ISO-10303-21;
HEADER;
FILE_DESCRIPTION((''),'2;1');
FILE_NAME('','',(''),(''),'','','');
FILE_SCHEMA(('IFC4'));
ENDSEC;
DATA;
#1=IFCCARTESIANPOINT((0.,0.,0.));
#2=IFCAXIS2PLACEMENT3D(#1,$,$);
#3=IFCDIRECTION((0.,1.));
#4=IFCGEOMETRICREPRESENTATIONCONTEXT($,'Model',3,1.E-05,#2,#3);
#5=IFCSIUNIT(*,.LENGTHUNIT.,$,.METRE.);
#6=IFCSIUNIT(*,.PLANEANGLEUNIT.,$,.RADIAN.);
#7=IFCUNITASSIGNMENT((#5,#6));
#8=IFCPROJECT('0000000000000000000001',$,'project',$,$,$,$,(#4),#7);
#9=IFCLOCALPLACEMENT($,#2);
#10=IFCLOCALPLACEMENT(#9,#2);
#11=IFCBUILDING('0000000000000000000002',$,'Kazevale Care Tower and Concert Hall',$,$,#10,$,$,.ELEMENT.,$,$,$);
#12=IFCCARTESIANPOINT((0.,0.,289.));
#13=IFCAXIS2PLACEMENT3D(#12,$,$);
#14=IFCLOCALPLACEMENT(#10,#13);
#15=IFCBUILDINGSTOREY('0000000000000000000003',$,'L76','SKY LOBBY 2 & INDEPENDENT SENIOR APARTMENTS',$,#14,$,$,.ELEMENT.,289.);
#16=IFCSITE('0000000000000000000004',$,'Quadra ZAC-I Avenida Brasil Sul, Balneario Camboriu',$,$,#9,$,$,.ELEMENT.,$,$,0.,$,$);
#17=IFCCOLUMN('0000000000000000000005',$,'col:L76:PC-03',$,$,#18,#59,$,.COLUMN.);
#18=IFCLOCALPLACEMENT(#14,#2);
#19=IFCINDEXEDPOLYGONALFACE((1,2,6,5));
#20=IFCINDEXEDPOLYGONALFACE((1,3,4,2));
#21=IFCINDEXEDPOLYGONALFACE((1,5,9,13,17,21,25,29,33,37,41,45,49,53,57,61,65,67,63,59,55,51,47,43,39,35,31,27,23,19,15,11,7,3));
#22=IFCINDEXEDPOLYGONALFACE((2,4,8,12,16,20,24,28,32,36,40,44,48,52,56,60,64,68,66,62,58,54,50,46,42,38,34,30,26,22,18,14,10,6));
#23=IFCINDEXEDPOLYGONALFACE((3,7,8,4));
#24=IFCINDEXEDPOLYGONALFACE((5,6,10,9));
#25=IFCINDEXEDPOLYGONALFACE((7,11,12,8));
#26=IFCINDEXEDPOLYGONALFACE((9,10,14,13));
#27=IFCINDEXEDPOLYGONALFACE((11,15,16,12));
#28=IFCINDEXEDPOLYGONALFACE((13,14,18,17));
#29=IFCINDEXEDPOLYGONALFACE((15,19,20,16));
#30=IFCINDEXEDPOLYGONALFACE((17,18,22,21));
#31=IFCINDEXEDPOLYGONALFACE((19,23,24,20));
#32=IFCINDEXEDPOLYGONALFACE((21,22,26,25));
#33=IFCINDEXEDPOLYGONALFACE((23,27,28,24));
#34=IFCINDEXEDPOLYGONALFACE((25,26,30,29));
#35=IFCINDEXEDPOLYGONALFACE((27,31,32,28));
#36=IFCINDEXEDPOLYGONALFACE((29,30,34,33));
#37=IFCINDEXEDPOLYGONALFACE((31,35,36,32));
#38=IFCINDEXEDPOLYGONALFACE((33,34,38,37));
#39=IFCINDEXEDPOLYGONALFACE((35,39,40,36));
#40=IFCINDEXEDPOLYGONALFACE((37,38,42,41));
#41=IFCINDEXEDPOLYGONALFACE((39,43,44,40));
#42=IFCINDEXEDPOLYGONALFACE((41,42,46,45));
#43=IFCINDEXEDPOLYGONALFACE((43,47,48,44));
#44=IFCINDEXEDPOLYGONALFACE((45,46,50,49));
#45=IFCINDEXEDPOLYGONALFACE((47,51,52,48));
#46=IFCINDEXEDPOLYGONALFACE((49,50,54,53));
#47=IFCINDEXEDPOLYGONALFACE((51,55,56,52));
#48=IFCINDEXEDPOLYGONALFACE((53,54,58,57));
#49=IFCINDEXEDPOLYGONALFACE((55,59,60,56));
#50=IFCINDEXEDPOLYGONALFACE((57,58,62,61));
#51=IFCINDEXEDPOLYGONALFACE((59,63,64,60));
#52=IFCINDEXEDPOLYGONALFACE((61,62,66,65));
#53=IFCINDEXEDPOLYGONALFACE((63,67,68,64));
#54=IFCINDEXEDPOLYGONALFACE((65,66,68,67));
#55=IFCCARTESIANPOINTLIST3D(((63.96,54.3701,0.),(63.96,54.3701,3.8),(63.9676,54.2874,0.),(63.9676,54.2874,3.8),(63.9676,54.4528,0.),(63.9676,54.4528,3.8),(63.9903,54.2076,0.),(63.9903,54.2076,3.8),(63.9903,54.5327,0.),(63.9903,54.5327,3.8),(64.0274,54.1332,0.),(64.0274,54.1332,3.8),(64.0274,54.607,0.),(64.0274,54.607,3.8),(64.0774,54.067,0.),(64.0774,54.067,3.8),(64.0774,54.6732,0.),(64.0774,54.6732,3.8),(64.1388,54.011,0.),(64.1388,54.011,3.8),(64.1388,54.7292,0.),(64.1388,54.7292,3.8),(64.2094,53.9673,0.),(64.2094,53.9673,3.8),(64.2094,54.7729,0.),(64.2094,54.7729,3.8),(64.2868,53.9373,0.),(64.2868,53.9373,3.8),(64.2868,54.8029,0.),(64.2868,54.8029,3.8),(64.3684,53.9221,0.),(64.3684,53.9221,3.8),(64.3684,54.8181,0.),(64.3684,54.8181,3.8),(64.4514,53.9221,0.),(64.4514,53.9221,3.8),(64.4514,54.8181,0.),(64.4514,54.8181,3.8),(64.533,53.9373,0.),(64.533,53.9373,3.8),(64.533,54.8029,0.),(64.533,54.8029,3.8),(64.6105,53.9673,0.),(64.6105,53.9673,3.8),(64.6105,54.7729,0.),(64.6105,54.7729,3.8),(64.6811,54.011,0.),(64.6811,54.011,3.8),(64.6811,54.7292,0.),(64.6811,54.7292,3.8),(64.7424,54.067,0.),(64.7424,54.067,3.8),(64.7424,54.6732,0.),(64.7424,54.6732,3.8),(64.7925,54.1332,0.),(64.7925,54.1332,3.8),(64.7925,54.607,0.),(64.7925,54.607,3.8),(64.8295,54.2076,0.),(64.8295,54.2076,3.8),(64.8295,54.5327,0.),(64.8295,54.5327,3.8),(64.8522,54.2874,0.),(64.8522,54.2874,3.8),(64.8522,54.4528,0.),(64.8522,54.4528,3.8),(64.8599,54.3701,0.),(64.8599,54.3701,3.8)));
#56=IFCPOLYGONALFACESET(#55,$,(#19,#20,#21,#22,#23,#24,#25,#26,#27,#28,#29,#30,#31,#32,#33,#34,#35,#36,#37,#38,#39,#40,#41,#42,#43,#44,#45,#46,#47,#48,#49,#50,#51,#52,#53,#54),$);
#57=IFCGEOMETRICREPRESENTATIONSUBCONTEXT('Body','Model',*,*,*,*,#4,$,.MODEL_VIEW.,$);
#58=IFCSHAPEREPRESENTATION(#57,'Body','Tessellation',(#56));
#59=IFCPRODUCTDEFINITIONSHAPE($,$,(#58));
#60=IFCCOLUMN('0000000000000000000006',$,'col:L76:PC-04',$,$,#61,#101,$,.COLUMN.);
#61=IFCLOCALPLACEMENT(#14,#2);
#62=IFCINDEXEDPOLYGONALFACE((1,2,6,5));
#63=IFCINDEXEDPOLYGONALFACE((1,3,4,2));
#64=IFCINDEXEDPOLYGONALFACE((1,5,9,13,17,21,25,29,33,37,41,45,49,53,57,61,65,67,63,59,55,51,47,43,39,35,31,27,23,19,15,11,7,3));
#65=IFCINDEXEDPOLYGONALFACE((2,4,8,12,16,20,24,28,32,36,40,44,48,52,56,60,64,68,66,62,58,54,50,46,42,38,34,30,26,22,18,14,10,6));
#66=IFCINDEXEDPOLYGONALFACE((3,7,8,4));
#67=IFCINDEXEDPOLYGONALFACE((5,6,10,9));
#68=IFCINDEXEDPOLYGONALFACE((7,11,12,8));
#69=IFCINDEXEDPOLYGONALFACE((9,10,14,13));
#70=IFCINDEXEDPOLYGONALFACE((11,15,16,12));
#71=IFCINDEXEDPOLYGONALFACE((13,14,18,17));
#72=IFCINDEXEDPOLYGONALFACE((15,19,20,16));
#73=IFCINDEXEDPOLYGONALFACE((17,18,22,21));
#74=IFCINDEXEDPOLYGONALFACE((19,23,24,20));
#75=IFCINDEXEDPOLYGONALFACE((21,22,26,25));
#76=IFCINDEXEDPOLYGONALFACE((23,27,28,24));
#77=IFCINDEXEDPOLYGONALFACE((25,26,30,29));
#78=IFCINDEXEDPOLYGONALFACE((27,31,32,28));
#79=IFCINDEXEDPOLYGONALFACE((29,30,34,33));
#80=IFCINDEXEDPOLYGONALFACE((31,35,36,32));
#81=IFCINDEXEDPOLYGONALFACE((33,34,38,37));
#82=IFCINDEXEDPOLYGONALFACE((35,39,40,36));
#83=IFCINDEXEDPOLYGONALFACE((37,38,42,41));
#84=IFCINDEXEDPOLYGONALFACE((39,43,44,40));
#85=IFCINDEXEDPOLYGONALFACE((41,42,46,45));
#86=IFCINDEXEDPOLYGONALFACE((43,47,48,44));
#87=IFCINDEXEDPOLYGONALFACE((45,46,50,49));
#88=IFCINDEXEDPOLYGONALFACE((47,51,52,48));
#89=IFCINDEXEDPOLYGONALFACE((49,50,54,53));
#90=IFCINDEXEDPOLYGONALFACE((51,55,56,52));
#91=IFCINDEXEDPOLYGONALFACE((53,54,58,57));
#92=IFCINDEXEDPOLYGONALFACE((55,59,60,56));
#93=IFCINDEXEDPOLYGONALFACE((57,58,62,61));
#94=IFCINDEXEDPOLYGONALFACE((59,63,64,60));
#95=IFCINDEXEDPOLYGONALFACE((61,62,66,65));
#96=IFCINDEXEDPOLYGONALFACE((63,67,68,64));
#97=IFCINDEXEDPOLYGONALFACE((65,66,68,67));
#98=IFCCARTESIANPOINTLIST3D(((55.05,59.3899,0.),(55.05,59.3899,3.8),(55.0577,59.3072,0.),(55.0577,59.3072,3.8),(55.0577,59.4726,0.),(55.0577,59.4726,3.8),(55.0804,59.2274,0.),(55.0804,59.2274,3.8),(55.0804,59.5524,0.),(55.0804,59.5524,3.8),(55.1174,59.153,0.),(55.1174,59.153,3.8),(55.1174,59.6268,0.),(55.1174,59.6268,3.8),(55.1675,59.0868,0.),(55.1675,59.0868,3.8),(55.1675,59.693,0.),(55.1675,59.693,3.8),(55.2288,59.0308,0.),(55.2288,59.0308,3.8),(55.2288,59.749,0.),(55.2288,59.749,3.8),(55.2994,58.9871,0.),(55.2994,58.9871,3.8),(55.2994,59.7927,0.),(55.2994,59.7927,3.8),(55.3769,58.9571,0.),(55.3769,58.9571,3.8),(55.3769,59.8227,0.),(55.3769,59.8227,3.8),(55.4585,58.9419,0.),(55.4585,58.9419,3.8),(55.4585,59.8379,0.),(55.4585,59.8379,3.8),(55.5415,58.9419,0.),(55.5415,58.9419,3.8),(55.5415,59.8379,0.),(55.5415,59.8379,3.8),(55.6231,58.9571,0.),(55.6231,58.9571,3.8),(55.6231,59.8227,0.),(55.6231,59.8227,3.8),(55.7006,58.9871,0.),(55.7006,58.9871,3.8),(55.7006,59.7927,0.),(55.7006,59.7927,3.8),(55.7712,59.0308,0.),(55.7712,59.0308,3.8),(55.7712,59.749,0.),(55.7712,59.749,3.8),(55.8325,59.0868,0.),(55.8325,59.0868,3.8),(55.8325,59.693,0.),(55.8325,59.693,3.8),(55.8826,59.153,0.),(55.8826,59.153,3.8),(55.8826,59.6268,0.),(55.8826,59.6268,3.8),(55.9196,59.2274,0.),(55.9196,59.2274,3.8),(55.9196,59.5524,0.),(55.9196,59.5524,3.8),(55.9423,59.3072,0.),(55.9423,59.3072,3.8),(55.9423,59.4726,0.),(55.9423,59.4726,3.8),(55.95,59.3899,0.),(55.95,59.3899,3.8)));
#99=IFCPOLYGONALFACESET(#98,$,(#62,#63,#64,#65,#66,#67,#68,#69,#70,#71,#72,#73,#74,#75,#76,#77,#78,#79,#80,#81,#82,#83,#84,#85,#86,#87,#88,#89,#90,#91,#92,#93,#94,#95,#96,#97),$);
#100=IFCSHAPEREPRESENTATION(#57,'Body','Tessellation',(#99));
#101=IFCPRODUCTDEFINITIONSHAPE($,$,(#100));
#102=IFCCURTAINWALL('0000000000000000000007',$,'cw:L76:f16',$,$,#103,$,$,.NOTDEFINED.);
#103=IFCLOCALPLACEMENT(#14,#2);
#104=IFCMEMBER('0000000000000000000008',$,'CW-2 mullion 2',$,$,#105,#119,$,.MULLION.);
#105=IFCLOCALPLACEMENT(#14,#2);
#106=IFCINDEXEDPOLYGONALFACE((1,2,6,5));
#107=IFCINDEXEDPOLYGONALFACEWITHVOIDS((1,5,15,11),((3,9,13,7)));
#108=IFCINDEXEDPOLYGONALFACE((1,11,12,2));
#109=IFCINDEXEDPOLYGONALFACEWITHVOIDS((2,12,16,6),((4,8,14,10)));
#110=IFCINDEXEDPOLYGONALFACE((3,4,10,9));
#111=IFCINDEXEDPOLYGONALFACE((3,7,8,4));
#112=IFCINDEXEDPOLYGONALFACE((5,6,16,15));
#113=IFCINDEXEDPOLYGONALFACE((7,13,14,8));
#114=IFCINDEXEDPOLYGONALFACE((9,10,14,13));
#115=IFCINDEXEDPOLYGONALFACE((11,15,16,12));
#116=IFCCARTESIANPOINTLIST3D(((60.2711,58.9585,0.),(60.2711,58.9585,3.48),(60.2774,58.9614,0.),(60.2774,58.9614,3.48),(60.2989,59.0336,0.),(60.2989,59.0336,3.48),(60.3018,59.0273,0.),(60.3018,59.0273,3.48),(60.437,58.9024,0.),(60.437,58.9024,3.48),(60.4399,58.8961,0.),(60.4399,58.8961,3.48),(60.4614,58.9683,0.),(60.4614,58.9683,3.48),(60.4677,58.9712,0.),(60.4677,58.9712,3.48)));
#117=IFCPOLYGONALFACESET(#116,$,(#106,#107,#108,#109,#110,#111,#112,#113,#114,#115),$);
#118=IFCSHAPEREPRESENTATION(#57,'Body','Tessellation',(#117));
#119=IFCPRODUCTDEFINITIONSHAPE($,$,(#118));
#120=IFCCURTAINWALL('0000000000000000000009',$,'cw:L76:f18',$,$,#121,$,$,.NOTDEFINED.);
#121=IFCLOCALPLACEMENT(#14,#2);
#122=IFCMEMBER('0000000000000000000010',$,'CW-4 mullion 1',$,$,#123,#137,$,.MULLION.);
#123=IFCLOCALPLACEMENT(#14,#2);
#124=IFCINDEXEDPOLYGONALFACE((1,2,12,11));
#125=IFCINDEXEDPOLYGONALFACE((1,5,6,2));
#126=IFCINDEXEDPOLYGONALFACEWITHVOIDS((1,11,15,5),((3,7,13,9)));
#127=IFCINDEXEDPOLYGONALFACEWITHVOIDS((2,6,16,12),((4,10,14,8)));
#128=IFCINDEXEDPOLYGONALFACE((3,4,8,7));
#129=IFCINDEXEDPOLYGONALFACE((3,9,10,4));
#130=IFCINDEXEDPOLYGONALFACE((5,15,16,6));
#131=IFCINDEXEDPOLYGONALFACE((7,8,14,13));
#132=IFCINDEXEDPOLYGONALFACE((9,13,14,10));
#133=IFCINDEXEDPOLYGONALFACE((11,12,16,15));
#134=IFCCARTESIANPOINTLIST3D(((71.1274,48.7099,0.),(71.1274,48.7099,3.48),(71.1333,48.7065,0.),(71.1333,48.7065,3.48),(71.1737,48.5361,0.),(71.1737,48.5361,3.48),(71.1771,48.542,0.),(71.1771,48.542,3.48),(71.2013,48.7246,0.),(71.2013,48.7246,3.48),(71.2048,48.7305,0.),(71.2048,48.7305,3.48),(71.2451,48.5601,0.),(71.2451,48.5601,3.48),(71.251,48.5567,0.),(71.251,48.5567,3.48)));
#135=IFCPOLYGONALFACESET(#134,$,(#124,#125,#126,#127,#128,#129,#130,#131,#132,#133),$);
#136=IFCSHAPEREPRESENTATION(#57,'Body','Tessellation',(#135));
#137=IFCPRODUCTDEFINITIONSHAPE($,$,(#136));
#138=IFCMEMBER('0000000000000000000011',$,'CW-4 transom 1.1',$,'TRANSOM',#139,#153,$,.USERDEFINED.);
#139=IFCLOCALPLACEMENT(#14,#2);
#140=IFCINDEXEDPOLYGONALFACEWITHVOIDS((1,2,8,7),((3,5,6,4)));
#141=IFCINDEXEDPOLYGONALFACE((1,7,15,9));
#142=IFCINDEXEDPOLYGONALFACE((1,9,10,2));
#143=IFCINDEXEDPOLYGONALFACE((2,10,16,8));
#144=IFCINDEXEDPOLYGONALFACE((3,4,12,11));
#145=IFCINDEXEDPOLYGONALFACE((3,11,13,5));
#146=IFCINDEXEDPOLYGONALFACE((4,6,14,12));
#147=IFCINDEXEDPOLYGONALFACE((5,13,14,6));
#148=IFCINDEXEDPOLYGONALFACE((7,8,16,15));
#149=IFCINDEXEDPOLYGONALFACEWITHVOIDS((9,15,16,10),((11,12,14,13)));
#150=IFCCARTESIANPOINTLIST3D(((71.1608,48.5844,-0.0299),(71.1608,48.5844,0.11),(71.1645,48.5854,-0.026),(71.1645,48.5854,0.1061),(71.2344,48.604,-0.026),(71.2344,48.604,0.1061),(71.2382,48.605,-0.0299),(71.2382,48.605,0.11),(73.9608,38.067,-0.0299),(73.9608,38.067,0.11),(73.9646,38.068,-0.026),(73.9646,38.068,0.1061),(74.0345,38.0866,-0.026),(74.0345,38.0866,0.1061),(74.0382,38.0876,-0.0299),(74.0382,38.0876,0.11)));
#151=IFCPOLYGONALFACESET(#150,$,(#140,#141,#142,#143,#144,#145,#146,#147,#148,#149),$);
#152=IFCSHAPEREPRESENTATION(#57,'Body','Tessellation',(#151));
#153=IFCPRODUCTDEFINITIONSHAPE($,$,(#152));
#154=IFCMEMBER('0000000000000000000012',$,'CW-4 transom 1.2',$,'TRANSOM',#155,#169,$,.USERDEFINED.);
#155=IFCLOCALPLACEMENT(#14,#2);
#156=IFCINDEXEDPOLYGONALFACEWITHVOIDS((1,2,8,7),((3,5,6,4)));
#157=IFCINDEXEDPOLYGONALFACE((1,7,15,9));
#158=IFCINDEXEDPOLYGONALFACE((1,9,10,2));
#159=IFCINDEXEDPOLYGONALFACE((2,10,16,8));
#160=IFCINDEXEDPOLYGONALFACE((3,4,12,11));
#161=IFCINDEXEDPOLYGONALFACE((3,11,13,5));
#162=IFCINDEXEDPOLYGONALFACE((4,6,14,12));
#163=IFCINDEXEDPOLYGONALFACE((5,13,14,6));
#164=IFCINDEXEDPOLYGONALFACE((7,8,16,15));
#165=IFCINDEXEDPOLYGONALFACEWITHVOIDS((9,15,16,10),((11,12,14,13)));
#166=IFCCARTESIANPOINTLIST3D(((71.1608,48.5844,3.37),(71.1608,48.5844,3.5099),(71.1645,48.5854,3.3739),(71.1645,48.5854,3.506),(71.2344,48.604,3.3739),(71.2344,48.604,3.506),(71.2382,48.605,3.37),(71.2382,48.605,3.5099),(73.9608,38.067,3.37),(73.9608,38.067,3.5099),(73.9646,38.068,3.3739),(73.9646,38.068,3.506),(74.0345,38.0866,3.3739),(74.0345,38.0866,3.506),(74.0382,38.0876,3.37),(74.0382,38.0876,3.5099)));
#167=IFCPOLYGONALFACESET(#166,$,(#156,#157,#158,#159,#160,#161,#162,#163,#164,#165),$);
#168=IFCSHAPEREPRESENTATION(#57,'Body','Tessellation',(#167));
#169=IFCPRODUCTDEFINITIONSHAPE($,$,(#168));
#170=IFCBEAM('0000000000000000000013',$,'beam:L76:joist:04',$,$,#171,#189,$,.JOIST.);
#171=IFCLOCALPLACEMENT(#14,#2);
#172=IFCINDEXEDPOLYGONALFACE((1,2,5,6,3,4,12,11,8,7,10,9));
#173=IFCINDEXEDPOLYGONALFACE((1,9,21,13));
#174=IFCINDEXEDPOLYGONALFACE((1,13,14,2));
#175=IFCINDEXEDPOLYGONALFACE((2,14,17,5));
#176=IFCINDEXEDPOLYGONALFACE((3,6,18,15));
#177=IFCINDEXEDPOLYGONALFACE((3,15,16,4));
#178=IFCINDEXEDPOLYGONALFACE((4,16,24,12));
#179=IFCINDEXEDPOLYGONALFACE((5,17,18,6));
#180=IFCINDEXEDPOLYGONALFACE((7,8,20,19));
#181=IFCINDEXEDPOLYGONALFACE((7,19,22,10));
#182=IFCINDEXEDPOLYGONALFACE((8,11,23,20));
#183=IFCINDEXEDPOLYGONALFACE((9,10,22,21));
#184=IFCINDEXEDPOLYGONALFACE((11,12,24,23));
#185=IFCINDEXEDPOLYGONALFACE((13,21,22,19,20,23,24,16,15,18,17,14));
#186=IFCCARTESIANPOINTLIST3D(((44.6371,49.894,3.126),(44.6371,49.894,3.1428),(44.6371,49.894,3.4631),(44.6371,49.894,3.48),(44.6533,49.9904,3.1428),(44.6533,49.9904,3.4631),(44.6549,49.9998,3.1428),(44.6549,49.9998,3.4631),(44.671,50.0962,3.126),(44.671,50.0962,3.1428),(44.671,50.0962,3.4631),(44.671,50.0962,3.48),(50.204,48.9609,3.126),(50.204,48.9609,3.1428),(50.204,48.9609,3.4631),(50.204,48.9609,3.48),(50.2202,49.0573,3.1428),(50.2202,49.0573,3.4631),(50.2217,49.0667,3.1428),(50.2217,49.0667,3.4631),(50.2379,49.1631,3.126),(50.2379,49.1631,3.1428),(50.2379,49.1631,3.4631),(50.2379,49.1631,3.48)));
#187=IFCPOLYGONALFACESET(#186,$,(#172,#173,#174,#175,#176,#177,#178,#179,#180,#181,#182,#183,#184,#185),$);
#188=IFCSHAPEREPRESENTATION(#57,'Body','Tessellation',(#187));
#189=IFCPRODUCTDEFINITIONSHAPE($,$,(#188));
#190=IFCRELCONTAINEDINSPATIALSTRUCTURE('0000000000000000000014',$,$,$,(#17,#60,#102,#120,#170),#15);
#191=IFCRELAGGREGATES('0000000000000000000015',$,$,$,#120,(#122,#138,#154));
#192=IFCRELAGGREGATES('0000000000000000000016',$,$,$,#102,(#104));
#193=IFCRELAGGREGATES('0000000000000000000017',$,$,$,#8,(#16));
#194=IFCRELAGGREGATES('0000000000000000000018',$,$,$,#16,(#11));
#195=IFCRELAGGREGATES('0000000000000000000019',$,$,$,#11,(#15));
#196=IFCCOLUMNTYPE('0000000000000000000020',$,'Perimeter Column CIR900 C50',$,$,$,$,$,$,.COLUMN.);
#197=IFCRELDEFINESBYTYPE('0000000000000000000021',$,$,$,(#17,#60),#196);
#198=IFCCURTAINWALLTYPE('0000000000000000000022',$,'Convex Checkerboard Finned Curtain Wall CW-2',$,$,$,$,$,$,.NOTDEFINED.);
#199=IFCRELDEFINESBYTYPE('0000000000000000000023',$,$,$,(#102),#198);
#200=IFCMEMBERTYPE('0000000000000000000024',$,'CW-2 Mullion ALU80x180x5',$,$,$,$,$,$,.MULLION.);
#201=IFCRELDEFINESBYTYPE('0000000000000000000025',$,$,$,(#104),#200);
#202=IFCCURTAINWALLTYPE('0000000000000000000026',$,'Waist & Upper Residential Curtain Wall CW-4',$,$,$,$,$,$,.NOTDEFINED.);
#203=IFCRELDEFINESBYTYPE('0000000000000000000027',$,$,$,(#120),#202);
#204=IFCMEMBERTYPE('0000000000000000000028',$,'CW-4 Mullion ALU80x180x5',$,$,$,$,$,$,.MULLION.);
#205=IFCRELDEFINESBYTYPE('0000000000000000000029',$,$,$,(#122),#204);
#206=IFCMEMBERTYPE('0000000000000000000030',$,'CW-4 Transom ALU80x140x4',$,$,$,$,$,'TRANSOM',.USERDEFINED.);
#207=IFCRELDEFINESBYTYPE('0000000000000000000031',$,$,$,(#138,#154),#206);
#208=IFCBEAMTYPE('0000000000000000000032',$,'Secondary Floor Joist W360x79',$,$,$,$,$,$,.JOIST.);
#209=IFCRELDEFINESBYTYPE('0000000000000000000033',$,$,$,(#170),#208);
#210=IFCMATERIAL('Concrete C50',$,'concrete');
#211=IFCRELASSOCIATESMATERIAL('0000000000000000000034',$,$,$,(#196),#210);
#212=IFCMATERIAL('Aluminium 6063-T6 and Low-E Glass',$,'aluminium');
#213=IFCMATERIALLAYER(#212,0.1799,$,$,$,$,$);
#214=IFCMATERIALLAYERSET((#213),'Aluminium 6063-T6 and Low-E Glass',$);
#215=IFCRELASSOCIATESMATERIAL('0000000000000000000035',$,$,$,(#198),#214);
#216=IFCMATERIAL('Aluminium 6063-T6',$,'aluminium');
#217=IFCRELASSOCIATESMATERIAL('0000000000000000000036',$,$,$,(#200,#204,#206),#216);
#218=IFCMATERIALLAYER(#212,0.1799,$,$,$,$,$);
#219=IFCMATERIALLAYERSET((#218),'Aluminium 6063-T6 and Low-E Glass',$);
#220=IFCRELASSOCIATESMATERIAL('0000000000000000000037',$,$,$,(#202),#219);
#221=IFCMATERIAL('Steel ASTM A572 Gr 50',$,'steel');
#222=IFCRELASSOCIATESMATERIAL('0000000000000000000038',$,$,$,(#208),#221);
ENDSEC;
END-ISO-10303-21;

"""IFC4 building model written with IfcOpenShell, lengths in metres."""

from ifc_helpers import new_model, si_unit, direction, frame, origin, origin_2d, place, context, subcontext, project, spatial, hollow_rectangle, circle, i_section, extrude, material, layer, layer_set, material_profile, profile_set, type_object, element, aggregate, save


model = new_model("IFC4")

# Units and contexts
model_context = context("Model", 3, precision=1e-05, world=origin(), true_north=direction((0.0, 1.0)))
body_context = subcontext(model_context, "Body", "Model", "MODEL_VIEW")
ifc_project = project(units=[si_unit("LENGTHUNIT", "METRE"), si_unit("PLANEANGLEUNIT", "RADIAN")], contexts=[model_context])

# Site, building, storey
site_placement = place(None, origin())
site = spatial("IfcSite", under=ifc_project, at=site_placement, Name="Quadra ZAC-I Avenida Brasil Sul, Balneario Camboriu", CompositionType="ELEMENT", RefElevation=0.0)
building_placement = place(site_placement, origin())
building = spatial("IfcBuilding", under=site, at=building_placement, Name="Kazevale Care Tower and Concert Hall", CompositionType="ELEMENT")
storey_placement = place(building_placement, frame((0.0, 0.0, 289.0)))
storey = spatial("IfcBuildingStorey", under=building, at=storey_placement, Name="L76", Description="SKY LOBBY 2 & INDEPENDENT SENIOR APARTMENTS", CompositionType="ELEMENT", Elevation=289.0)

# Columns
ifc_material_1 = material(Name="Concrete C50", Category="concrete")
ifc_material_profile_1 = material_profile(ifc_material_1, circle(Radius=0.45, at=origin_2d()), Name="RC-CIR900")
ifc_profile_set_1 = profile_set([ifc_material_profile_1], Name="Concrete C50")
column_type = type_object("IfcColumnType", Name="Perimeter Column CIR900 C50", PredefinedType="COLUMN", material=ifc_profile_set_1)
for number, where, z_axis, x_axis, name in (
    (1, (64.4099, 54.3701, 0.0), (0.0, 0.0, 1.0), (1.0, 0.0, 0.0), "col:L76:PC-03"),
    (2, (55.5, 59.3899, 0.0), (0.0, 0.0, 1.0), (1.0, 0.0, 0.0), "col:L76:PC-04"),
):
    element("IfcColumn", number, at=place(storey_placement, frame(where, z_axis=z_axis, x_axis=x_axis)), inside=storey, type_object=column_type, Name=name, PredefinedType="COLUMN", context=body_context, shape_type="SweptSolid", body=[
        extrude(circle(Radius=0.45, at=origin_2d()), origin(), (0.0, 0.0, 1.0), 3.8),
    ])

# Curtain wall, member
ifc_material_2 = material(Name="Aluminium 6063-T6 and Low-E Glass", Category="aluminium")
ifc_layer_1 = layer(ifc_material_2, 0.1799)
ifc_layer_set_1 = layer_set([ifc_layer_1], Name="Aluminium 6063-T6 and Low-E Glass")
curtain_wall_type_1 = type_object("IfcCurtainWallType", Name="Convex Checkerboard Finned Curtain Wall CW-2", PredefinedType="NOTDEFINED", material=ifc_layer_set_1)
curtain_wall_1_placement = place(storey_placement, origin())
curtain_wall_1 = element("IfcCurtainWall", 3, at=curtain_wall_1_placement, inside=storey, type_object=curtain_wall_type_1, Name="cw:L76:f16", PredefinedType="NOTDEFINED")
ifc_material_3 = material(Name="Aluminium 6063-T6", Category="aluminium")
ifc_material_profile_2 = material_profile(ifc_material_3, hollow_rectangle(XDim=0.0801, YDim=0.1799, WallThickness=0.0049, at=origin_2d()), Name="ALU80x180x5")
ifc_profile_set_2 = profile_set([ifc_material_profile_2], Name="Aluminium 6063-T6")
member_type_1 = type_object("IfcMemberType", Name="CW-2 Mullion ALU80x180x5", PredefinedType="MULLION", material=ifc_profile_set_2)
member_1_placement = place(storey_placement, frame((60.3694, 58.9648, 0.0), z_axis=(0.0, 0.0, 1.0), x_axis=(0.346864, 0.937916, 0.0)))
member_1 = element("IfcMember", 4, at=member_1_placement, type_object=member_type_1, Name="CW-2 mullion 2", PredefinedType="MULLION", context=body_context, shape_type="SweptSolid", body=[
    extrude(hollow_rectangle(XDim=0.0801, YDim=0.1799, WallThickness=0.0049, at=origin_2d()), origin(), (0.0, 0.0, 1.0), 3.48),
])

# Curtain wall, members
ifc_layer_2 = layer(ifc_material_2, 0.1799)
ifc_layer_set_2 = layer_set([ifc_layer_2], Name="Aluminium 6063-T6 and Low-E Glass")
curtain_wall_type_2 = type_object("IfcCurtainWallType", Name="Waist & Upper Residential Curtain Wall CW-4", PredefinedType="NOTDEFINED", material=ifc_layer_set_2)
curtain_wall_2_placement = place(storey_placement, origin())
curtain_wall_2 = element("IfcCurtainWall", 5, at=curtain_wall_2_placement, inside=storey, type_object=curtain_wall_type_2, Name="cw:L76:f18", PredefinedType="NOTDEFINED")
ifc_material_profile_3 = material_profile(ifc_material_3, hollow_rectangle(XDim=0.0801, YDim=0.1799, WallThickness=0.0049, at=origin_2d()), Name="ALU80x180x5")
ifc_profile_set_3 = profile_set([ifc_material_profile_3], Name="Aluminium 6063-T6")
member_type_2 = type_object("IfcMemberType", Name="CW-4 Mullion ALU80x180x5", PredefinedType="MULLION", material=ifc_profile_set_3)
member_2_placement = place(storey_placement, frame((71.1892, 48.6333, 0.0), z_axis=(0.0, 0.0, 1.0), x_axis=(0.966345, 0.257251, 0.0)))
member_2 = element("IfcMember", 6, at=member_2_placement, type_object=member_type_2, Name="CW-4 mullion 1", PredefinedType="MULLION", context=body_context, shape_type="SweptSolid", body=[
    extrude(hollow_rectangle(XDim=0.0801, YDim=0.1799, WallThickness=0.0049, at=origin_2d()), origin(), (0.0, 0.0, 1.0), 3.48),
])
ifc_material_profile_4 = material_profile(ifc_material_3, hollow_rectangle(XDim=0.0801, YDim=0.1399, WallThickness=0.0039, at=origin_2d()), Name="ALU80x140x4")
ifc_profile_set_4 = profile_set([ifc_material_profile_4], Name="Aluminium 6063-T6")
member_type_3 = type_object("IfcMemberType", Name="CW-4 Transom ALU80x140x4", ElementType="TRANSOM", PredefinedType="USERDEFINED", material=ifc_profile_set_4)
member_3_placement = place(storey_placement, frame((71.1995, 48.5947, 0.04), z_axis=(0.25727, -0.966339, 0.0), x_axis=(0.966339, 0.25727, 0.0)))
member_3 = element("IfcMember", 7, at=member_3_placement, type_object=member_type_3, Name="CW-4 transom 1.1", ObjectType="TRANSOM", PredefinedType="USERDEFINED", context=body_context, shape_type="SweptSolid", body=[
    extrude(hollow_rectangle(XDim=0.0801, YDim=0.1399, WallThickness=0.0039, at=origin_2d()), origin(), (0.0, 0.0, 1.0), 10.8838),
])
member_4_placement = place(storey_placement, frame((71.1995, 48.5947, 3.4399), z_axis=(0.25727, -0.966339, 0.0), x_axis=(0.966339, 0.25727, 0.0)))
member_4 = element("IfcMember", 8, at=member_4_placement, type_object=member_type_3, Name="CW-4 transom 1.2", ObjectType="TRANSOM", PredefinedType="USERDEFINED", context=body_context, shape_type="SweptSolid", body=[
    extrude(hollow_rectangle(XDim=0.0801, YDim=0.1399, WallThickness=0.0039, at=origin_2d()), origin(), (0.0, 0.0, 1.0), 10.8838),
])
aggregate(curtain_wall_2, [member_2, member_3, member_4])

# Beam
ifc_material_4 = material(Name="Steel ASTM A572 Gr 50", Category="steel")
ifc_material_profile_5 = material_profile(ifc_material_4, i_section(OverallWidth=0.2051, OverallDepth=0.354, WebThickness=0.0095, FlangeThickness=0.0168, at=origin_2d()), Name="W360x79")
ifc_profile_set_5 = profile_set([ifc_material_profile_5], Name="Steel ASTM A572 Gr 50")
beam_type_1 = type_object("IfcBeamType", Name="Secondary Floor Joist W360x79", PredefinedType="JOIST", material=ifc_profile_set_5)
beam_1_placement = place(storey_placement, frame((50.2209, 49.062, 3.303), z_axis=(-0.986242, 0.165311, 0.0), x_axis=(-0.165311, -0.986242, 0.0)))
element("IfcBeam", 9, at=beam_1_placement, inside=storey, type_object=beam_type_1, Name="beam:L76:joist:04", PredefinedType="JOIST", context=body_context, shape_type="SweptSolid", body=[
    extrude(i_section(OverallWidth=0.2051, OverallDepth=0.354, WebThickness=0.0095, FlangeThickness=0.0168, at=origin_2d()), origin(), (0.0, 0.0, 1.0), 5.6445),
])

aggregate(curtain_wall_1, [member_1])

save(model, "model.ifc")
